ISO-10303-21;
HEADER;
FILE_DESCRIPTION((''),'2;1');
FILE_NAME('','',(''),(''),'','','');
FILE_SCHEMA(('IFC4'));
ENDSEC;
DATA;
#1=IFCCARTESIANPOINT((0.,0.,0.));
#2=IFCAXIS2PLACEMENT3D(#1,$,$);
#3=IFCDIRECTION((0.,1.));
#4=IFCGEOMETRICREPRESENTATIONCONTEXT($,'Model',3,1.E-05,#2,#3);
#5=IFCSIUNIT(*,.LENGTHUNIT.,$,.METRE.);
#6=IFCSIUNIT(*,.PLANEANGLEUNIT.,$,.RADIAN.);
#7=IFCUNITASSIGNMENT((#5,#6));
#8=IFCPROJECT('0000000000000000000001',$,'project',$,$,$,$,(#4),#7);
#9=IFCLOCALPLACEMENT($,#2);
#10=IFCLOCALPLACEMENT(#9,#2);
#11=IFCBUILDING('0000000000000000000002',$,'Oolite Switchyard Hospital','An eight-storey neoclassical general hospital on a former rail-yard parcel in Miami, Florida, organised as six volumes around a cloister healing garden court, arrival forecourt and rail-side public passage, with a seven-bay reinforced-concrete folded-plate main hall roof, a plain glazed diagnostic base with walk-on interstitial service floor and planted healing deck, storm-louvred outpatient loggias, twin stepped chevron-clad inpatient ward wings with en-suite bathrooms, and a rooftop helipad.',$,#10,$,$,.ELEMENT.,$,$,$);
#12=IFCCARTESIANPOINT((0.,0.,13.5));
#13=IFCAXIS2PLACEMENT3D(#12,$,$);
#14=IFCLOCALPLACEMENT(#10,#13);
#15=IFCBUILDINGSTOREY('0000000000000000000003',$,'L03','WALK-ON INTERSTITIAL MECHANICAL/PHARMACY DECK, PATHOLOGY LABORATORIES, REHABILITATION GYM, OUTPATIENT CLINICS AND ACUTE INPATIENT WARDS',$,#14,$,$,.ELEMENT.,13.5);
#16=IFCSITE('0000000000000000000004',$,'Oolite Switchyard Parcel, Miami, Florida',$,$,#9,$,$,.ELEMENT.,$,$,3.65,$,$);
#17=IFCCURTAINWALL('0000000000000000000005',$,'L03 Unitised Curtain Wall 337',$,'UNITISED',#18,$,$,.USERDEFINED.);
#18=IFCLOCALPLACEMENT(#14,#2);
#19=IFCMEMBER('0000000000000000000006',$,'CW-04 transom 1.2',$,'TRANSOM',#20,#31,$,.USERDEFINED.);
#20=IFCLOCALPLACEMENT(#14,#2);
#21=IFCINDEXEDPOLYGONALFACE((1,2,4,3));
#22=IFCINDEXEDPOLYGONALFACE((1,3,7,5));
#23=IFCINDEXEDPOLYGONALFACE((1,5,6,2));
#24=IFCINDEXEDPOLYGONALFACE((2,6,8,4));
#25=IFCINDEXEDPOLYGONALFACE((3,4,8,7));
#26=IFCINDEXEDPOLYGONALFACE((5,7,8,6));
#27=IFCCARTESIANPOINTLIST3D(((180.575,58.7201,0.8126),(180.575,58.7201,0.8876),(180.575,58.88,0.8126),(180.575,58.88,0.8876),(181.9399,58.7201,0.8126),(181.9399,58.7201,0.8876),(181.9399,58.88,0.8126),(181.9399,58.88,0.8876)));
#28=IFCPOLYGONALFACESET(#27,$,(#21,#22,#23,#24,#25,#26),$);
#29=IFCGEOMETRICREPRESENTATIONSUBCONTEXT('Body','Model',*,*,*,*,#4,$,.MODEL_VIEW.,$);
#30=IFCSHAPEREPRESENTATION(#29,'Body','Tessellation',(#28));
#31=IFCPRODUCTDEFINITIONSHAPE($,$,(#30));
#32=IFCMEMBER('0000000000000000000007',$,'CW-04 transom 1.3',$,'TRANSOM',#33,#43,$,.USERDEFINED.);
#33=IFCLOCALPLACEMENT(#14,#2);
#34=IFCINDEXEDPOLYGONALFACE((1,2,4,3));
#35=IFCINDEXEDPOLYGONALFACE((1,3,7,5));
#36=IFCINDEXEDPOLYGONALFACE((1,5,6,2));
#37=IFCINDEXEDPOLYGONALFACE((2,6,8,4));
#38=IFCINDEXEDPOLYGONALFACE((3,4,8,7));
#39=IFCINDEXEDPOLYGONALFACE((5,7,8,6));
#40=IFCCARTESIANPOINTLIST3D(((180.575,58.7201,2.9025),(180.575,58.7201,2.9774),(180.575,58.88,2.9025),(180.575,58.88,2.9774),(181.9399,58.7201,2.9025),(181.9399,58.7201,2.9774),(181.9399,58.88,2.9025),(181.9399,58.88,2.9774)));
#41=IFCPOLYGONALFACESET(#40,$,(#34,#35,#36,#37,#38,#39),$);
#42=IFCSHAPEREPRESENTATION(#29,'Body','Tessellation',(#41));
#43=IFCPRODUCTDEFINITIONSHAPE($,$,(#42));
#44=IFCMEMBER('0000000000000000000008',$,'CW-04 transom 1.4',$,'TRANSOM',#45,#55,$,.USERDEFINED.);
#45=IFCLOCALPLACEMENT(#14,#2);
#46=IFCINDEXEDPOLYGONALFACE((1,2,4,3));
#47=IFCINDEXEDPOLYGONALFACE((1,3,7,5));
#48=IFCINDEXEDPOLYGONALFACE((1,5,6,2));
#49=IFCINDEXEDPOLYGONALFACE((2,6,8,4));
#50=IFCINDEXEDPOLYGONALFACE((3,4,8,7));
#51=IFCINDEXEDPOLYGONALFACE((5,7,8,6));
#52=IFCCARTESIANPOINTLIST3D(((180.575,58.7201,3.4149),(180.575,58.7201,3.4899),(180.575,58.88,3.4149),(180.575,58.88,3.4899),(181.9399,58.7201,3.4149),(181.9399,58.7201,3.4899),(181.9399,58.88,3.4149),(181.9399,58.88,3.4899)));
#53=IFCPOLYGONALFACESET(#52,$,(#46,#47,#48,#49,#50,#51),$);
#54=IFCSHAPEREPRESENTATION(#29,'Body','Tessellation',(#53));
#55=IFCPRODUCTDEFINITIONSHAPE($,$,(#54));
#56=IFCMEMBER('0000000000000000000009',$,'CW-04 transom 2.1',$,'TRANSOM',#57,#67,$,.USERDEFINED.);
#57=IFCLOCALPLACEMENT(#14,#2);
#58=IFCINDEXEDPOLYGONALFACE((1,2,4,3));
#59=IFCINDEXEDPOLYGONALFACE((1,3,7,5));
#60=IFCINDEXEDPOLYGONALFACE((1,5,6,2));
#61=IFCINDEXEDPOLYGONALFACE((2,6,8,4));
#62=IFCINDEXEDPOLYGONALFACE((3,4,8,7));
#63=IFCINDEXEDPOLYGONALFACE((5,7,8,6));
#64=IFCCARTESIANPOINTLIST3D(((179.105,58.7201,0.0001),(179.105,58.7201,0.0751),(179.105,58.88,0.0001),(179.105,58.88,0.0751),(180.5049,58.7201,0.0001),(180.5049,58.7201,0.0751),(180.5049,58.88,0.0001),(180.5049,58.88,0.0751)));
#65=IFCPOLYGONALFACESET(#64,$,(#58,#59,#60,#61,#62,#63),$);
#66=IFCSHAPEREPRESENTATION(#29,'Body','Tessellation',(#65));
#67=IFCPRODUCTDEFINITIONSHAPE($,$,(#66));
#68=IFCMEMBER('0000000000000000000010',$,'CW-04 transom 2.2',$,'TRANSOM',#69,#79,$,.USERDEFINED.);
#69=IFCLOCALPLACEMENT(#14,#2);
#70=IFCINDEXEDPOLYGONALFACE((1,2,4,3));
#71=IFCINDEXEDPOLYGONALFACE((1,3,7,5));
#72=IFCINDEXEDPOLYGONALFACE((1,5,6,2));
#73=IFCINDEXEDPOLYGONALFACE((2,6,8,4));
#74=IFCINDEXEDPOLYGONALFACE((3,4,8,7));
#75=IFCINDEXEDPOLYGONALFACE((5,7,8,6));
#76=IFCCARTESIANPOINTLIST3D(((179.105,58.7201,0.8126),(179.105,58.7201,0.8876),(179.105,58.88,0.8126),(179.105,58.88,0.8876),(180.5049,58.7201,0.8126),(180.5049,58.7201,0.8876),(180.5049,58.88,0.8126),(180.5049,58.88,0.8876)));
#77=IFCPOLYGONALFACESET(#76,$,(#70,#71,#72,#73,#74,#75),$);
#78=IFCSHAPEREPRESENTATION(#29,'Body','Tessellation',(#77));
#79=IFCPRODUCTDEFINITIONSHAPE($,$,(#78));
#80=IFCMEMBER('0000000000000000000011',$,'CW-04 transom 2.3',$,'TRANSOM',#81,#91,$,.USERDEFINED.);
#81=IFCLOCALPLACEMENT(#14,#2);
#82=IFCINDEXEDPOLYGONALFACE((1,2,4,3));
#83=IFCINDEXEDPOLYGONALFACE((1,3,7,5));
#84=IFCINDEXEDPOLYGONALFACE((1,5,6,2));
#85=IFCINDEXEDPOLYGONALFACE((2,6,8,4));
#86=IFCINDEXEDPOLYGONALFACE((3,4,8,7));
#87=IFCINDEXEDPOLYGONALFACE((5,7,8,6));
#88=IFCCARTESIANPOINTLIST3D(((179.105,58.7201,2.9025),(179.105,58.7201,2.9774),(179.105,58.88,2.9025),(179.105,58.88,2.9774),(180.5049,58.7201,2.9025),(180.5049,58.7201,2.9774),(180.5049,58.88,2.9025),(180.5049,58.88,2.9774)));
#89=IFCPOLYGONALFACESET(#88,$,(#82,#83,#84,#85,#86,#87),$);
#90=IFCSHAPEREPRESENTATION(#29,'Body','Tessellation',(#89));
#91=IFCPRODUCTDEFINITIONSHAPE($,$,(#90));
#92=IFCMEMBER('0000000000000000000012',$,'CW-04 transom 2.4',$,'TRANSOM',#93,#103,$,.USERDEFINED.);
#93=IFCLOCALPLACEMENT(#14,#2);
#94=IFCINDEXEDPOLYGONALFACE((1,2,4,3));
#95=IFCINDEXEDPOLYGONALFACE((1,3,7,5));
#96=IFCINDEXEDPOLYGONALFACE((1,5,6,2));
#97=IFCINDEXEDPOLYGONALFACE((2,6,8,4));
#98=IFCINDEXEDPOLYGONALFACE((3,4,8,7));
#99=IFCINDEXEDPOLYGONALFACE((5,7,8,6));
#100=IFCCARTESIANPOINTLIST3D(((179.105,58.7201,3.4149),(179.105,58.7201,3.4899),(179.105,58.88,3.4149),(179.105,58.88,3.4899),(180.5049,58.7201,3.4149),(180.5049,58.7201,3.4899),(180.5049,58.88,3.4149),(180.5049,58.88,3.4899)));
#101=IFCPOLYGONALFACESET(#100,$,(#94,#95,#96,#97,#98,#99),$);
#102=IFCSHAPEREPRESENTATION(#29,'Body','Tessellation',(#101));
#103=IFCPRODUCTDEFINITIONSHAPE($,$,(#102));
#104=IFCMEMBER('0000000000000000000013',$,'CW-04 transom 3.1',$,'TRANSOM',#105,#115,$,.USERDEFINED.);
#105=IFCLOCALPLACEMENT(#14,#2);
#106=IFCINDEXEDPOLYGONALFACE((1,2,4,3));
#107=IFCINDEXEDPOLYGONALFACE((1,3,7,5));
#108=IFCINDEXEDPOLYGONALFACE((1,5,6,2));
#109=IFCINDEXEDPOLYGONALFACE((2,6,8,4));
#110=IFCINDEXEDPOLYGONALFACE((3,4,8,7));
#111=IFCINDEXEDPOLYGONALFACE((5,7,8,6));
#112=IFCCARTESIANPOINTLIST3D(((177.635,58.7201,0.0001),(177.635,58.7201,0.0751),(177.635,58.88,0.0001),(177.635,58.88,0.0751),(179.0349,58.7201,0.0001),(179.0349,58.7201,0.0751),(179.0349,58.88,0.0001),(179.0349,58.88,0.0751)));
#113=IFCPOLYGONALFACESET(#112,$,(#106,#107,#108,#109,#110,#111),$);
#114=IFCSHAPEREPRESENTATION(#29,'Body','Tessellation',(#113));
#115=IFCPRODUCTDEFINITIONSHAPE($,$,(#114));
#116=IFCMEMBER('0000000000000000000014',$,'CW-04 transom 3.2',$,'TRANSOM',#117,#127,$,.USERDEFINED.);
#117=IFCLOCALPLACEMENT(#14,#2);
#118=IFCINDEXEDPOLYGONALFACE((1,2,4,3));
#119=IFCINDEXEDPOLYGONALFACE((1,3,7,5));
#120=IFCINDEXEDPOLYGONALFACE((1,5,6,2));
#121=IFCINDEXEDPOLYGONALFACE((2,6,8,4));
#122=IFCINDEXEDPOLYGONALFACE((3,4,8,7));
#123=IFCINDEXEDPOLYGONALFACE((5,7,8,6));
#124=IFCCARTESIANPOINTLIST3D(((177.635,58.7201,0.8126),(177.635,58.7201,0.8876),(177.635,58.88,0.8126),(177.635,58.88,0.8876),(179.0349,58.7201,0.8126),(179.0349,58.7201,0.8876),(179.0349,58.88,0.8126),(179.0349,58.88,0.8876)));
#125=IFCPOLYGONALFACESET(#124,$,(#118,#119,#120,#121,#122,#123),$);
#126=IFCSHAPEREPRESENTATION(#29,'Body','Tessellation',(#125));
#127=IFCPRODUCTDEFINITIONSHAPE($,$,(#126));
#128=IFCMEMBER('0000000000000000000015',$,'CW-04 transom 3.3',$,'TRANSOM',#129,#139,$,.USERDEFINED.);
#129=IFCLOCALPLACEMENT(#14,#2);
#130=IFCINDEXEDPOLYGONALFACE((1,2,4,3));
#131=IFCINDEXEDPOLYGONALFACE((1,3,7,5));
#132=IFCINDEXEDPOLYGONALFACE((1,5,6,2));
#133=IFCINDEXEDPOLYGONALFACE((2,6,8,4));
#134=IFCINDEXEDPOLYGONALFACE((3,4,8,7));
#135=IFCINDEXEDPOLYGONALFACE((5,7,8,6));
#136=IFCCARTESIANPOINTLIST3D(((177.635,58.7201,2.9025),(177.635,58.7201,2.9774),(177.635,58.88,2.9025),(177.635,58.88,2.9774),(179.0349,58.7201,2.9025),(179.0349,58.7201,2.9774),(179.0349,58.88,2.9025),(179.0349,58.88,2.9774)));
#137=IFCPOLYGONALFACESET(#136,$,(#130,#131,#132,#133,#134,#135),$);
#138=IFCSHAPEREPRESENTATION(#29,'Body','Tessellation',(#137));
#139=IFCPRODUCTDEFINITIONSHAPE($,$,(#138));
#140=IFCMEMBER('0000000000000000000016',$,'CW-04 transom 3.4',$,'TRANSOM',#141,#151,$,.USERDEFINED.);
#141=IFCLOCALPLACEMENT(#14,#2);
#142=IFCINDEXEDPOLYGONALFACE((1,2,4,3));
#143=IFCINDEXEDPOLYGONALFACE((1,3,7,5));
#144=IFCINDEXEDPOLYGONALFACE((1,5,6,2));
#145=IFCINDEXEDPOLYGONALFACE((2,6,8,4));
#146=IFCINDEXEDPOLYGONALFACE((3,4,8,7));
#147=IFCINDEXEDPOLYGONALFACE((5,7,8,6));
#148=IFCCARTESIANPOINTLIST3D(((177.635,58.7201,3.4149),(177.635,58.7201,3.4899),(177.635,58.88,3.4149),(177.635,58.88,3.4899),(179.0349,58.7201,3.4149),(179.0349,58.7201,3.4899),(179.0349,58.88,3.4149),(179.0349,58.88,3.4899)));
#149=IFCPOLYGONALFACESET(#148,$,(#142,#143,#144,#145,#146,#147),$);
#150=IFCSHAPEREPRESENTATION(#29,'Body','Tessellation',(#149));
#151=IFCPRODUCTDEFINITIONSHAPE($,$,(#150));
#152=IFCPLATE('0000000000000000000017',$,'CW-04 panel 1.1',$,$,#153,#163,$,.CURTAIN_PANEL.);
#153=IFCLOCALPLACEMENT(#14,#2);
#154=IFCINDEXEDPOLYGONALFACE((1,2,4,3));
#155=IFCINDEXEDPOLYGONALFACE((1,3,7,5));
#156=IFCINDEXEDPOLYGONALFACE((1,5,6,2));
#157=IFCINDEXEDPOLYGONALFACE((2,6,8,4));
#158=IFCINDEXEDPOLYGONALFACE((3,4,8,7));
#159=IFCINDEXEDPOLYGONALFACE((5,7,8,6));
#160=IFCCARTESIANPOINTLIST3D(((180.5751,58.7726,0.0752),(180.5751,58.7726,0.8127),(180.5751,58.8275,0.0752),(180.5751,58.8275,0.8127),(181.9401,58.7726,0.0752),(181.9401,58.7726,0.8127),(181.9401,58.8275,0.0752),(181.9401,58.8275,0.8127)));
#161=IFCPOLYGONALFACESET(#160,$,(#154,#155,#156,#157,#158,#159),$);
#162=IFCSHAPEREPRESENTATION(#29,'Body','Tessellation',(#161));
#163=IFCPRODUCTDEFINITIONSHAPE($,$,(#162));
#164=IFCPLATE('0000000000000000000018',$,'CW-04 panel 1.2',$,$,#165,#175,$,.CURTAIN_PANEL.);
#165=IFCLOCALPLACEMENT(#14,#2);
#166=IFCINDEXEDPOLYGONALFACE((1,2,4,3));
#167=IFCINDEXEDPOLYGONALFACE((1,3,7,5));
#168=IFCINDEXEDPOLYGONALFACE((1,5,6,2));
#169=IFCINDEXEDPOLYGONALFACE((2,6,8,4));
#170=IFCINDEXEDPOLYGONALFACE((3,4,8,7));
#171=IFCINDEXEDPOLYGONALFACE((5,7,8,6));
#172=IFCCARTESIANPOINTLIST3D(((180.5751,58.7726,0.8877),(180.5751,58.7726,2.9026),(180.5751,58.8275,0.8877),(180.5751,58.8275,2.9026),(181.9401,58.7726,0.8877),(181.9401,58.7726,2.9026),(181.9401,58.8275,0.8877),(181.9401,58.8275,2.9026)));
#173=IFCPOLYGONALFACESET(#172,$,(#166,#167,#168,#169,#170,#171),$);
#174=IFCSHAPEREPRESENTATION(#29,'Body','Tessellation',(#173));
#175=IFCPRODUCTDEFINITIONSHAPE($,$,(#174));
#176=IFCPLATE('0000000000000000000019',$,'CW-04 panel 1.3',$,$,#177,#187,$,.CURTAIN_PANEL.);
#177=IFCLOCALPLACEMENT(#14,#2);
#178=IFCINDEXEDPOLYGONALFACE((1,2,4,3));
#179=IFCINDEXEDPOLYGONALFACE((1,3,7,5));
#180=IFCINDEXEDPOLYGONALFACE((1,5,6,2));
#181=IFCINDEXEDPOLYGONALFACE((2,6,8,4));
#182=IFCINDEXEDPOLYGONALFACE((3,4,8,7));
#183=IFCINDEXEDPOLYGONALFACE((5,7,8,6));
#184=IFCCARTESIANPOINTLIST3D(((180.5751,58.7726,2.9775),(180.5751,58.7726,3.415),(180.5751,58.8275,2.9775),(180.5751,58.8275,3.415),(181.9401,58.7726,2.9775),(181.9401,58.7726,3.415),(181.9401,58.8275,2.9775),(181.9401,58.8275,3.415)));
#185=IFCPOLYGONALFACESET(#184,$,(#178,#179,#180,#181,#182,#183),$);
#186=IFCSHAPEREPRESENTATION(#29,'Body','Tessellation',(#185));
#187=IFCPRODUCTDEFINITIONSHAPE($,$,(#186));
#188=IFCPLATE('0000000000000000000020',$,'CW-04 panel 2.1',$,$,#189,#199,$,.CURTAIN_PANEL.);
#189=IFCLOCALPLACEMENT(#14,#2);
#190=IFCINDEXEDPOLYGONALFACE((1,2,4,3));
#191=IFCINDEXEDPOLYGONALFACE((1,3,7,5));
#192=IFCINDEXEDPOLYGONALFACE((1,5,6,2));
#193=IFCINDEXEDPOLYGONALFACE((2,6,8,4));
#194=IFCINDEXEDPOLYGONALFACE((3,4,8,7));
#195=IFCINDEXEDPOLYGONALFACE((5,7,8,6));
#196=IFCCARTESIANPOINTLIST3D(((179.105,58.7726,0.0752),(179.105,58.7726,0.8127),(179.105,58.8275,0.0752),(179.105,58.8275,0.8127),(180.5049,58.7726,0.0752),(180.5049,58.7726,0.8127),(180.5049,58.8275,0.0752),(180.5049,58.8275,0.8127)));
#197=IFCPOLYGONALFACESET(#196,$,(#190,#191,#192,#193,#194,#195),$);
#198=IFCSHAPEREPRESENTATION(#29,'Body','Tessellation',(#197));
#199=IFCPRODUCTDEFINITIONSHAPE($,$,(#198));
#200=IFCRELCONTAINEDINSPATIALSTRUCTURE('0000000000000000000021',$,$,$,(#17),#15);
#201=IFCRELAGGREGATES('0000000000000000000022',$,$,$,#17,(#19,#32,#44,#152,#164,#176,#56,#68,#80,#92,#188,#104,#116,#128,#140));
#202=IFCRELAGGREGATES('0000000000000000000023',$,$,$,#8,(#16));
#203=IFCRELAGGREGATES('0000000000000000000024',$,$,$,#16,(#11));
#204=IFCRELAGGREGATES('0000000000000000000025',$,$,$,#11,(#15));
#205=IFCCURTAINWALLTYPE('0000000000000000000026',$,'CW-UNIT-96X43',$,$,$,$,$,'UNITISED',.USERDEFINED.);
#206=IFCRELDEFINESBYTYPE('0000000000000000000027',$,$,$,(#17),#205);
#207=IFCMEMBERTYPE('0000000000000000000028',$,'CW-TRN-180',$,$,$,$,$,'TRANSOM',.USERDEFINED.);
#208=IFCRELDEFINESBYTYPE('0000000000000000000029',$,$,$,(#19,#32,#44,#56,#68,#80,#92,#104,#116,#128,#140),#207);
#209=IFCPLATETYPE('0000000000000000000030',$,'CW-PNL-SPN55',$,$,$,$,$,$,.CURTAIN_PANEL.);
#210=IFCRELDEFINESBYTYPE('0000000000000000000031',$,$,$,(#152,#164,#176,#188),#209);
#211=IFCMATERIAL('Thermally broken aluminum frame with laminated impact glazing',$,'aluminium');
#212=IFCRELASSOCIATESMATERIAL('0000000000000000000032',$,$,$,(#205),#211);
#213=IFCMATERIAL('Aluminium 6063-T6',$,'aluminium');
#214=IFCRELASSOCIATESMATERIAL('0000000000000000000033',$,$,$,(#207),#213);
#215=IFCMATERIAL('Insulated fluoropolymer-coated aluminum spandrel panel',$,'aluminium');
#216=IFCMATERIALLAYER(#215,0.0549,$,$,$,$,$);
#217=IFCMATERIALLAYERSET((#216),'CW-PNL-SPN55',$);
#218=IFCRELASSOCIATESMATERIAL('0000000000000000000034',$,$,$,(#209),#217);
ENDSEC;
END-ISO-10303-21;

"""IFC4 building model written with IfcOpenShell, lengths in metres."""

from ifc_helpers import new_model, si_unit, direction, frame, origin, origin_2d, place, context, subcontext, project, spatial, rectangle, extrude, material, layer, layer_set, material_profile, profile_set, type_object, element, aggregate, save


model = new_model("IFC4")

# Units and contexts
model_context = context("Model", 3, precision=1e-05, world=origin(), true_north=direction((0.0, 1.0)))
body_context = subcontext(model_context, "Body", "Model", "MODEL_VIEW")
ifc_project = project(units=[si_unit("LENGTHUNIT", "METRE"), si_unit("PLANEANGLEUNIT", "RADIAN")], contexts=[model_context])

# Site, building, storey
site_placement = place(None, origin())
site = spatial("IfcSite", under=ifc_project, at=site_placement, Name="Oolite Switchyard Parcel, Miami, Florida", CompositionType="ELEMENT", RefElevation=3.65)
building_placement = place(site_placement, origin())
building = spatial("IfcBuilding", under=site, at=building_placement, Name="Oolite Switchyard Hospital", Description="An eight-storey neoclassical general hospital on a former rail-yard parcel in Miami, Florida, organised as six volumes around a cloister healing garden court, arrival forecourt and rail-side public passage, with a seven-bay reinforced-concrete folded-plate main hall roof, a plain glazed diagnostic base with walk-on interstitial service floor and planted healing deck, storm-louvred outpatient loggias, twin stepped chevron-clad inpatient ward wings with en-suite bathrooms, and a rooftop helipad.", CompositionType="ELEMENT")
storey_placement = place(building_placement, frame((0.0, 0.0, 13.5)))
storey = spatial("IfcBuildingStorey", under=building, at=storey_placement, Name="L03", Description="WALK-ON INTERSTITIAL MECHANICAL/PHARMACY DECK, PATHOLOGY LABORATORIES, REHABILITATION GYM, OUTPATIENT CLINICS AND ACUTE INPATIENT WARDS", CompositionType="ELEMENT", Elevation=13.5)

# Curtain wall, members, plates
ifc_material_1 = material(Name="Thermally broken aluminum frame with laminated impact glazing", Category="aluminium")
curtain_wall_type = type_object("IfcCurtainWallType", Name="CW-UNIT-96X43", ElementType="UNITISED", PredefinedType="USERDEFINED", material=ifc_material_1)
curtain_wall_placement = place(storey_placement, origin())
curtain_wall = element("IfcCurtainWall", 1, at=curtain_wall_placement, inside=storey, type_object=curtain_wall_type, Name="L03 Unitised Curtain Wall 337", ObjectType="UNITISED", PredefinedType="USERDEFINED")
ifc_material_2 = material(Name="Aluminium 6063-T6", Category="aluminium")
ifc_material_profile_1 = material_profile(ifc_material_2, rectangle(XDim=0.1599, YDim=0.075, at=origin_2d()), Name="CWT75X160")
ifc_profile_set_1 = profile_set([ifc_material_profile_1], Name="Aluminium 6063-T6")
member_type_1 = type_object("IfcMemberType", Name="CW-TRN-180", ElementType="TRANSOM", PredefinedType="USERDEFINED", material=ifc_profile_set_1)
member_1_placement = place(storey_placement, frame((181.9399, 58.8, 0.8501), z_axis=(-1.0, 0.0, 0.0), x_axis=(0.0, -1.0, 0.0)))
member_1 = element("IfcMember", 2, at=member_1_placement, type_object=member_type_1, Name="CW-04 transom 1.2", ObjectType="TRANSOM", PredefinedType="USERDEFINED", context=body_context, shape_type="SweptSolid", body=[
    extrude(rectangle(XDim=0.1599, YDim=0.075, at=origin_2d()), origin(), (0.0, 0.0, 1.0), 1.365),
])
member_2_placement = place(storey_placement, frame((181.9399, 58.8, 2.9399), z_axis=(-1.0, 0.0, 0.0), x_axis=(0.0, -1.0, 0.0)))
member_2 = element("IfcMember", 3, at=member_2_placement, type_object=member_type_1, Name="CW-04 transom 1.3", ObjectType="TRANSOM", PredefinedType="USERDEFINED", context=body_context, shape_type="SweptSolid", body=[
    extrude(rectangle(XDim=0.1599, YDim=0.075, at=origin_2d()), origin(), (0.0, 0.0, 1.0), 1.365),
])
member_3_placement = place(storey_placement, frame((181.9399, 58.8, 3.4524), z_axis=(-1.0, 0.0, 0.0), x_axis=(0.0, -1.0, 0.0)))
member_3 = element("IfcMember", 4, at=member_3_placement, type_object=member_type_1, Name="CW-04 transom 1.4", ObjectType="TRANSOM", PredefinedType="USERDEFINED", context=body_context, shape_type="SweptSolid", body=[
    extrude(rectangle(XDim=0.1599, YDim=0.075, at=origin_2d()), origin(), (0.0, 0.0, 1.0), 1.365),
])
member_4_placement = place(storey_placement, frame((180.5049, 58.8, 0.0376), z_axis=(-1.0, 0.0, 0.0), x_axis=(0.0, -1.0, 0.0)))
member_4 = element("IfcMember", 5, at=member_4_placement, type_object=member_type_1, Name="CW-04 transom 2.1", ObjectType="TRANSOM", PredefinedType="USERDEFINED", context=body_context, shape_type="SweptSolid", body=[
    extrude(rectangle(XDim=0.1599, YDim=0.075, at=origin_2d()), origin(), (0.0, 0.0, 1.0), 1.3999),
])
member_5_placement = place(storey_placement, frame((180.5049, 58.8, 0.8501), z_axis=(-1.0, 0.0, 0.0), x_axis=(0.0, -1.0, 0.0)))
member_5 = element("IfcMember", 6, at=member_5_placement, type_object=member_type_1, Name="CW-04 transom 2.2", ObjectType="TRANSOM", PredefinedType="USERDEFINED", context=body_context, shape_type="SweptSolid", body=[
    extrude(rectangle(XDim=0.1599, YDim=0.075, at=origin_2d()), origin(), (0.0, 0.0, 1.0), 1.3999),
])
member_6_placement = place(storey_placement, frame((180.5049, 58.8, 2.9399), z_axis=(-1.0, 0.0, 0.0), x_axis=(0.0, -1.0, 0.0)))
member_6 = element("IfcMember", 7, at=member_6_placement, type_object=member_type_1, Name="CW-04 transom 2.3", ObjectType="TRANSOM", PredefinedType="USERDEFINED", context=body_context, shape_type="SweptSolid", body=[
    extrude(rectangle(XDim=0.1599, YDim=0.075, at=origin_2d()), origin(), (0.0, 0.0, 1.0), 1.3999),
])
member_7_placement = place(storey_placement, frame((180.5049, 58.8, 3.4524), z_axis=(-1.0, 0.0, 0.0), x_axis=(0.0, -1.0, 0.0)))
member_7 = element("IfcMember", 8, at=member_7_placement, type_object=member_type_1, Name="CW-04 transom 2.4", ObjectType="TRANSOM", PredefinedType="USERDEFINED", context=body_context, shape_type="SweptSolid", body=[
    extrude(rectangle(XDim=0.1599, YDim=0.075, at=origin_2d()), origin(), (0.0, 0.0, 1.0), 1.3999),
])
member_8_placement = place(storey_placement, frame((179.0349, 58.8, 0.0376), z_axis=(-1.0, 0.0, 0.0), x_axis=(0.0, -1.0, 0.0)))
member_8 = element("IfcMember", 9, at=member_8_placement, type_object=member_type_1, Name="CW-04 transom 3.1", ObjectType="TRANSOM", PredefinedType="USERDEFINED", context=body_context, shape_type="SweptSolid", body=[
    extrude(rectangle(XDim=0.1599, YDim=0.075, at=origin_2d()), origin(), (0.0, 0.0, 1.0), 1.3999),
])
member_9_placement = place(storey_placement, frame((179.0349, 58.8, 0.8501), z_axis=(-1.0, 0.0, 0.0), x_axis=(0.0, -1.0, 0.0)))
member_9 = element("IfcMember", 10, at=member_9_placement, type_object=member_type_1, Name="CW-04 transom 3.2", ObjectType="TRANSOM", PredefinedType="USERDEFINED", context=body_context, shape_type="SweptSolid", body=[
    extrude(rectangle(XDim=0.1599, YDim=0.075, at=origin_2d()), origin(), (0.0, 0.0, 1.0), 1.3999),
])
member_10_placement = place(storey_placement, frame((179.0349, 58.8, 2.9399), z_axis=(-1.0, 0.0, 0.0), x_axis=(0.0, -1.0, 0.0)))
member_10 = element("IfcMember", 11, at=member_10_placement, type_object=member_type_1, Name="CW-04 transom 3.3", ObjectType="TRANSOM", PredefinedType="USERDEFINED", context=body_context, shape_type="SweptSolid", body=[
    extrude(rectangle(XDim=0.1599, YDim=0.075, at=origin_2d()), origin(), (0.0, 0.0, 1.0), 1.3999),
])
member_11_placement = place(storey_placement, frame((179.0349, 58.8, 3.4524), z_axis=(-1.0, 0.0, 0.0), x_axis=(0.0, -1.0, 0.0)))
member_11 = element("IfcMember", 12, at=member_11_placement, type_object=member_type_1, Name="CW-04 transom 3.4", ObjectType="TRANSOM", PredefinedType="USERDEFINED", context=body_context, shape_type="SweptSolid", body=[
    extrude(rectangle(XDim=0.1599, YDim=0.075, at=origin_2d()), origin(), (0.0, 0.0, 1.0), 1.3999),
])
ifc_material_3 = material(Name="Insulated fluoropolymer-coated aluminum spandrel panel", Category="aluminium")
ifc_layer = layer(ifc_material_3, 0.0549)
ifc_layer_set = layer_set([ifc_layer], Name="CW-PNL-SPN55")
plate_type = type_object("IfcPlateType", Name="CW-PNL-SPN55", PredefinedType="CURTAIN_PANEL", material=ifc_layer_set)
plate_1_placement = place(storey_placement, frame((181.2576, 58.8, 0.0752), z_axis=(0.0, 0.0, 1.0), x_axis=(-1.0, 0.0, 0.0)))
plate_1 = element("IfcPlate", 13, at=plate_1_placement, type_object=plate_type, Name="CW-04 panel 1.1", PredefinedType="CURTAIN_PANEL", context=body_context, shape_type="SweptSolid", body=[
    extrude(rectangle(XDim=1.365, YDim=0.0549, at=origin_2d()), origin(), (0.0, 0.0, 1.0), 0.7375),
])
plate_2_placement = place(storey_placement, frame((181.2576, 58.8, 0.8877), z_axis=(0.0, 0.0, 1.0), x_axis=(-1.0, 0.0, 0.0)))
plate_2 = element("IfcPlate", 14, at=plate_2_placement, type_object=plate_type, Name="CW-04 panel 1.2", PredefinedType="CURTAIN_PANEL", context=body_context, shape_type="SweptSolid", body=[
    extrude(rectangle(XDim=1.365, YDim=0.0549, at=origin_2d()), origin(), (0.0, 0.0, 1.0), 2.0149),
])
plate_3_placement = place(storey_placement, frame((181.2576, 58.8, 2.9775), z_axis=(0.0, 0.0, 1.0), x_axis=(-1.0, 0.0, 0.0)))
plate_3 = element("IfcPlate", 15, at=plate_3_placement, type_object=plate_type, Name="CW-04 panel 1.3", PredefinedType="CURTAIN_PANEL", context=body_context, shape_type="SweptSolid", body=[
    extrude(rectangle(XDim=1.365, YDim=0.0549, at=origin_2d()), origin(), (0.0, 0.0, 1.0), 0.4375),
])
plate_4_placement = place(storey_placement, frame((179.8049, 58.8, 0.0752), z_axis=(0.0, 0.0, 1.0), x_axis=(-1.0, 0.0, 0.0)))
plate_4 = element("IfcPlate", 16, at=plate_4_placement, type_object=plate_type, Name="CW-04 panel 2.1", PredefinedType="CURTAIN_PANEL", context=body_context, shape_type="SweptSolid", body=[
    extrude(rectangle(XDim=1.3999, YDim=0.0549, at=origin_2d()), origin(), (0.0, 0.0, 1.0), 0.7375),
])
aggregate(curtain_wall, [member_1, member_2, member_3, plate_1, plate_2, plate_3, member_4, member_5, member_6, member_7, plate_4, member_8, member_9, member_10, member_11])

save(model, "model.ifc")
